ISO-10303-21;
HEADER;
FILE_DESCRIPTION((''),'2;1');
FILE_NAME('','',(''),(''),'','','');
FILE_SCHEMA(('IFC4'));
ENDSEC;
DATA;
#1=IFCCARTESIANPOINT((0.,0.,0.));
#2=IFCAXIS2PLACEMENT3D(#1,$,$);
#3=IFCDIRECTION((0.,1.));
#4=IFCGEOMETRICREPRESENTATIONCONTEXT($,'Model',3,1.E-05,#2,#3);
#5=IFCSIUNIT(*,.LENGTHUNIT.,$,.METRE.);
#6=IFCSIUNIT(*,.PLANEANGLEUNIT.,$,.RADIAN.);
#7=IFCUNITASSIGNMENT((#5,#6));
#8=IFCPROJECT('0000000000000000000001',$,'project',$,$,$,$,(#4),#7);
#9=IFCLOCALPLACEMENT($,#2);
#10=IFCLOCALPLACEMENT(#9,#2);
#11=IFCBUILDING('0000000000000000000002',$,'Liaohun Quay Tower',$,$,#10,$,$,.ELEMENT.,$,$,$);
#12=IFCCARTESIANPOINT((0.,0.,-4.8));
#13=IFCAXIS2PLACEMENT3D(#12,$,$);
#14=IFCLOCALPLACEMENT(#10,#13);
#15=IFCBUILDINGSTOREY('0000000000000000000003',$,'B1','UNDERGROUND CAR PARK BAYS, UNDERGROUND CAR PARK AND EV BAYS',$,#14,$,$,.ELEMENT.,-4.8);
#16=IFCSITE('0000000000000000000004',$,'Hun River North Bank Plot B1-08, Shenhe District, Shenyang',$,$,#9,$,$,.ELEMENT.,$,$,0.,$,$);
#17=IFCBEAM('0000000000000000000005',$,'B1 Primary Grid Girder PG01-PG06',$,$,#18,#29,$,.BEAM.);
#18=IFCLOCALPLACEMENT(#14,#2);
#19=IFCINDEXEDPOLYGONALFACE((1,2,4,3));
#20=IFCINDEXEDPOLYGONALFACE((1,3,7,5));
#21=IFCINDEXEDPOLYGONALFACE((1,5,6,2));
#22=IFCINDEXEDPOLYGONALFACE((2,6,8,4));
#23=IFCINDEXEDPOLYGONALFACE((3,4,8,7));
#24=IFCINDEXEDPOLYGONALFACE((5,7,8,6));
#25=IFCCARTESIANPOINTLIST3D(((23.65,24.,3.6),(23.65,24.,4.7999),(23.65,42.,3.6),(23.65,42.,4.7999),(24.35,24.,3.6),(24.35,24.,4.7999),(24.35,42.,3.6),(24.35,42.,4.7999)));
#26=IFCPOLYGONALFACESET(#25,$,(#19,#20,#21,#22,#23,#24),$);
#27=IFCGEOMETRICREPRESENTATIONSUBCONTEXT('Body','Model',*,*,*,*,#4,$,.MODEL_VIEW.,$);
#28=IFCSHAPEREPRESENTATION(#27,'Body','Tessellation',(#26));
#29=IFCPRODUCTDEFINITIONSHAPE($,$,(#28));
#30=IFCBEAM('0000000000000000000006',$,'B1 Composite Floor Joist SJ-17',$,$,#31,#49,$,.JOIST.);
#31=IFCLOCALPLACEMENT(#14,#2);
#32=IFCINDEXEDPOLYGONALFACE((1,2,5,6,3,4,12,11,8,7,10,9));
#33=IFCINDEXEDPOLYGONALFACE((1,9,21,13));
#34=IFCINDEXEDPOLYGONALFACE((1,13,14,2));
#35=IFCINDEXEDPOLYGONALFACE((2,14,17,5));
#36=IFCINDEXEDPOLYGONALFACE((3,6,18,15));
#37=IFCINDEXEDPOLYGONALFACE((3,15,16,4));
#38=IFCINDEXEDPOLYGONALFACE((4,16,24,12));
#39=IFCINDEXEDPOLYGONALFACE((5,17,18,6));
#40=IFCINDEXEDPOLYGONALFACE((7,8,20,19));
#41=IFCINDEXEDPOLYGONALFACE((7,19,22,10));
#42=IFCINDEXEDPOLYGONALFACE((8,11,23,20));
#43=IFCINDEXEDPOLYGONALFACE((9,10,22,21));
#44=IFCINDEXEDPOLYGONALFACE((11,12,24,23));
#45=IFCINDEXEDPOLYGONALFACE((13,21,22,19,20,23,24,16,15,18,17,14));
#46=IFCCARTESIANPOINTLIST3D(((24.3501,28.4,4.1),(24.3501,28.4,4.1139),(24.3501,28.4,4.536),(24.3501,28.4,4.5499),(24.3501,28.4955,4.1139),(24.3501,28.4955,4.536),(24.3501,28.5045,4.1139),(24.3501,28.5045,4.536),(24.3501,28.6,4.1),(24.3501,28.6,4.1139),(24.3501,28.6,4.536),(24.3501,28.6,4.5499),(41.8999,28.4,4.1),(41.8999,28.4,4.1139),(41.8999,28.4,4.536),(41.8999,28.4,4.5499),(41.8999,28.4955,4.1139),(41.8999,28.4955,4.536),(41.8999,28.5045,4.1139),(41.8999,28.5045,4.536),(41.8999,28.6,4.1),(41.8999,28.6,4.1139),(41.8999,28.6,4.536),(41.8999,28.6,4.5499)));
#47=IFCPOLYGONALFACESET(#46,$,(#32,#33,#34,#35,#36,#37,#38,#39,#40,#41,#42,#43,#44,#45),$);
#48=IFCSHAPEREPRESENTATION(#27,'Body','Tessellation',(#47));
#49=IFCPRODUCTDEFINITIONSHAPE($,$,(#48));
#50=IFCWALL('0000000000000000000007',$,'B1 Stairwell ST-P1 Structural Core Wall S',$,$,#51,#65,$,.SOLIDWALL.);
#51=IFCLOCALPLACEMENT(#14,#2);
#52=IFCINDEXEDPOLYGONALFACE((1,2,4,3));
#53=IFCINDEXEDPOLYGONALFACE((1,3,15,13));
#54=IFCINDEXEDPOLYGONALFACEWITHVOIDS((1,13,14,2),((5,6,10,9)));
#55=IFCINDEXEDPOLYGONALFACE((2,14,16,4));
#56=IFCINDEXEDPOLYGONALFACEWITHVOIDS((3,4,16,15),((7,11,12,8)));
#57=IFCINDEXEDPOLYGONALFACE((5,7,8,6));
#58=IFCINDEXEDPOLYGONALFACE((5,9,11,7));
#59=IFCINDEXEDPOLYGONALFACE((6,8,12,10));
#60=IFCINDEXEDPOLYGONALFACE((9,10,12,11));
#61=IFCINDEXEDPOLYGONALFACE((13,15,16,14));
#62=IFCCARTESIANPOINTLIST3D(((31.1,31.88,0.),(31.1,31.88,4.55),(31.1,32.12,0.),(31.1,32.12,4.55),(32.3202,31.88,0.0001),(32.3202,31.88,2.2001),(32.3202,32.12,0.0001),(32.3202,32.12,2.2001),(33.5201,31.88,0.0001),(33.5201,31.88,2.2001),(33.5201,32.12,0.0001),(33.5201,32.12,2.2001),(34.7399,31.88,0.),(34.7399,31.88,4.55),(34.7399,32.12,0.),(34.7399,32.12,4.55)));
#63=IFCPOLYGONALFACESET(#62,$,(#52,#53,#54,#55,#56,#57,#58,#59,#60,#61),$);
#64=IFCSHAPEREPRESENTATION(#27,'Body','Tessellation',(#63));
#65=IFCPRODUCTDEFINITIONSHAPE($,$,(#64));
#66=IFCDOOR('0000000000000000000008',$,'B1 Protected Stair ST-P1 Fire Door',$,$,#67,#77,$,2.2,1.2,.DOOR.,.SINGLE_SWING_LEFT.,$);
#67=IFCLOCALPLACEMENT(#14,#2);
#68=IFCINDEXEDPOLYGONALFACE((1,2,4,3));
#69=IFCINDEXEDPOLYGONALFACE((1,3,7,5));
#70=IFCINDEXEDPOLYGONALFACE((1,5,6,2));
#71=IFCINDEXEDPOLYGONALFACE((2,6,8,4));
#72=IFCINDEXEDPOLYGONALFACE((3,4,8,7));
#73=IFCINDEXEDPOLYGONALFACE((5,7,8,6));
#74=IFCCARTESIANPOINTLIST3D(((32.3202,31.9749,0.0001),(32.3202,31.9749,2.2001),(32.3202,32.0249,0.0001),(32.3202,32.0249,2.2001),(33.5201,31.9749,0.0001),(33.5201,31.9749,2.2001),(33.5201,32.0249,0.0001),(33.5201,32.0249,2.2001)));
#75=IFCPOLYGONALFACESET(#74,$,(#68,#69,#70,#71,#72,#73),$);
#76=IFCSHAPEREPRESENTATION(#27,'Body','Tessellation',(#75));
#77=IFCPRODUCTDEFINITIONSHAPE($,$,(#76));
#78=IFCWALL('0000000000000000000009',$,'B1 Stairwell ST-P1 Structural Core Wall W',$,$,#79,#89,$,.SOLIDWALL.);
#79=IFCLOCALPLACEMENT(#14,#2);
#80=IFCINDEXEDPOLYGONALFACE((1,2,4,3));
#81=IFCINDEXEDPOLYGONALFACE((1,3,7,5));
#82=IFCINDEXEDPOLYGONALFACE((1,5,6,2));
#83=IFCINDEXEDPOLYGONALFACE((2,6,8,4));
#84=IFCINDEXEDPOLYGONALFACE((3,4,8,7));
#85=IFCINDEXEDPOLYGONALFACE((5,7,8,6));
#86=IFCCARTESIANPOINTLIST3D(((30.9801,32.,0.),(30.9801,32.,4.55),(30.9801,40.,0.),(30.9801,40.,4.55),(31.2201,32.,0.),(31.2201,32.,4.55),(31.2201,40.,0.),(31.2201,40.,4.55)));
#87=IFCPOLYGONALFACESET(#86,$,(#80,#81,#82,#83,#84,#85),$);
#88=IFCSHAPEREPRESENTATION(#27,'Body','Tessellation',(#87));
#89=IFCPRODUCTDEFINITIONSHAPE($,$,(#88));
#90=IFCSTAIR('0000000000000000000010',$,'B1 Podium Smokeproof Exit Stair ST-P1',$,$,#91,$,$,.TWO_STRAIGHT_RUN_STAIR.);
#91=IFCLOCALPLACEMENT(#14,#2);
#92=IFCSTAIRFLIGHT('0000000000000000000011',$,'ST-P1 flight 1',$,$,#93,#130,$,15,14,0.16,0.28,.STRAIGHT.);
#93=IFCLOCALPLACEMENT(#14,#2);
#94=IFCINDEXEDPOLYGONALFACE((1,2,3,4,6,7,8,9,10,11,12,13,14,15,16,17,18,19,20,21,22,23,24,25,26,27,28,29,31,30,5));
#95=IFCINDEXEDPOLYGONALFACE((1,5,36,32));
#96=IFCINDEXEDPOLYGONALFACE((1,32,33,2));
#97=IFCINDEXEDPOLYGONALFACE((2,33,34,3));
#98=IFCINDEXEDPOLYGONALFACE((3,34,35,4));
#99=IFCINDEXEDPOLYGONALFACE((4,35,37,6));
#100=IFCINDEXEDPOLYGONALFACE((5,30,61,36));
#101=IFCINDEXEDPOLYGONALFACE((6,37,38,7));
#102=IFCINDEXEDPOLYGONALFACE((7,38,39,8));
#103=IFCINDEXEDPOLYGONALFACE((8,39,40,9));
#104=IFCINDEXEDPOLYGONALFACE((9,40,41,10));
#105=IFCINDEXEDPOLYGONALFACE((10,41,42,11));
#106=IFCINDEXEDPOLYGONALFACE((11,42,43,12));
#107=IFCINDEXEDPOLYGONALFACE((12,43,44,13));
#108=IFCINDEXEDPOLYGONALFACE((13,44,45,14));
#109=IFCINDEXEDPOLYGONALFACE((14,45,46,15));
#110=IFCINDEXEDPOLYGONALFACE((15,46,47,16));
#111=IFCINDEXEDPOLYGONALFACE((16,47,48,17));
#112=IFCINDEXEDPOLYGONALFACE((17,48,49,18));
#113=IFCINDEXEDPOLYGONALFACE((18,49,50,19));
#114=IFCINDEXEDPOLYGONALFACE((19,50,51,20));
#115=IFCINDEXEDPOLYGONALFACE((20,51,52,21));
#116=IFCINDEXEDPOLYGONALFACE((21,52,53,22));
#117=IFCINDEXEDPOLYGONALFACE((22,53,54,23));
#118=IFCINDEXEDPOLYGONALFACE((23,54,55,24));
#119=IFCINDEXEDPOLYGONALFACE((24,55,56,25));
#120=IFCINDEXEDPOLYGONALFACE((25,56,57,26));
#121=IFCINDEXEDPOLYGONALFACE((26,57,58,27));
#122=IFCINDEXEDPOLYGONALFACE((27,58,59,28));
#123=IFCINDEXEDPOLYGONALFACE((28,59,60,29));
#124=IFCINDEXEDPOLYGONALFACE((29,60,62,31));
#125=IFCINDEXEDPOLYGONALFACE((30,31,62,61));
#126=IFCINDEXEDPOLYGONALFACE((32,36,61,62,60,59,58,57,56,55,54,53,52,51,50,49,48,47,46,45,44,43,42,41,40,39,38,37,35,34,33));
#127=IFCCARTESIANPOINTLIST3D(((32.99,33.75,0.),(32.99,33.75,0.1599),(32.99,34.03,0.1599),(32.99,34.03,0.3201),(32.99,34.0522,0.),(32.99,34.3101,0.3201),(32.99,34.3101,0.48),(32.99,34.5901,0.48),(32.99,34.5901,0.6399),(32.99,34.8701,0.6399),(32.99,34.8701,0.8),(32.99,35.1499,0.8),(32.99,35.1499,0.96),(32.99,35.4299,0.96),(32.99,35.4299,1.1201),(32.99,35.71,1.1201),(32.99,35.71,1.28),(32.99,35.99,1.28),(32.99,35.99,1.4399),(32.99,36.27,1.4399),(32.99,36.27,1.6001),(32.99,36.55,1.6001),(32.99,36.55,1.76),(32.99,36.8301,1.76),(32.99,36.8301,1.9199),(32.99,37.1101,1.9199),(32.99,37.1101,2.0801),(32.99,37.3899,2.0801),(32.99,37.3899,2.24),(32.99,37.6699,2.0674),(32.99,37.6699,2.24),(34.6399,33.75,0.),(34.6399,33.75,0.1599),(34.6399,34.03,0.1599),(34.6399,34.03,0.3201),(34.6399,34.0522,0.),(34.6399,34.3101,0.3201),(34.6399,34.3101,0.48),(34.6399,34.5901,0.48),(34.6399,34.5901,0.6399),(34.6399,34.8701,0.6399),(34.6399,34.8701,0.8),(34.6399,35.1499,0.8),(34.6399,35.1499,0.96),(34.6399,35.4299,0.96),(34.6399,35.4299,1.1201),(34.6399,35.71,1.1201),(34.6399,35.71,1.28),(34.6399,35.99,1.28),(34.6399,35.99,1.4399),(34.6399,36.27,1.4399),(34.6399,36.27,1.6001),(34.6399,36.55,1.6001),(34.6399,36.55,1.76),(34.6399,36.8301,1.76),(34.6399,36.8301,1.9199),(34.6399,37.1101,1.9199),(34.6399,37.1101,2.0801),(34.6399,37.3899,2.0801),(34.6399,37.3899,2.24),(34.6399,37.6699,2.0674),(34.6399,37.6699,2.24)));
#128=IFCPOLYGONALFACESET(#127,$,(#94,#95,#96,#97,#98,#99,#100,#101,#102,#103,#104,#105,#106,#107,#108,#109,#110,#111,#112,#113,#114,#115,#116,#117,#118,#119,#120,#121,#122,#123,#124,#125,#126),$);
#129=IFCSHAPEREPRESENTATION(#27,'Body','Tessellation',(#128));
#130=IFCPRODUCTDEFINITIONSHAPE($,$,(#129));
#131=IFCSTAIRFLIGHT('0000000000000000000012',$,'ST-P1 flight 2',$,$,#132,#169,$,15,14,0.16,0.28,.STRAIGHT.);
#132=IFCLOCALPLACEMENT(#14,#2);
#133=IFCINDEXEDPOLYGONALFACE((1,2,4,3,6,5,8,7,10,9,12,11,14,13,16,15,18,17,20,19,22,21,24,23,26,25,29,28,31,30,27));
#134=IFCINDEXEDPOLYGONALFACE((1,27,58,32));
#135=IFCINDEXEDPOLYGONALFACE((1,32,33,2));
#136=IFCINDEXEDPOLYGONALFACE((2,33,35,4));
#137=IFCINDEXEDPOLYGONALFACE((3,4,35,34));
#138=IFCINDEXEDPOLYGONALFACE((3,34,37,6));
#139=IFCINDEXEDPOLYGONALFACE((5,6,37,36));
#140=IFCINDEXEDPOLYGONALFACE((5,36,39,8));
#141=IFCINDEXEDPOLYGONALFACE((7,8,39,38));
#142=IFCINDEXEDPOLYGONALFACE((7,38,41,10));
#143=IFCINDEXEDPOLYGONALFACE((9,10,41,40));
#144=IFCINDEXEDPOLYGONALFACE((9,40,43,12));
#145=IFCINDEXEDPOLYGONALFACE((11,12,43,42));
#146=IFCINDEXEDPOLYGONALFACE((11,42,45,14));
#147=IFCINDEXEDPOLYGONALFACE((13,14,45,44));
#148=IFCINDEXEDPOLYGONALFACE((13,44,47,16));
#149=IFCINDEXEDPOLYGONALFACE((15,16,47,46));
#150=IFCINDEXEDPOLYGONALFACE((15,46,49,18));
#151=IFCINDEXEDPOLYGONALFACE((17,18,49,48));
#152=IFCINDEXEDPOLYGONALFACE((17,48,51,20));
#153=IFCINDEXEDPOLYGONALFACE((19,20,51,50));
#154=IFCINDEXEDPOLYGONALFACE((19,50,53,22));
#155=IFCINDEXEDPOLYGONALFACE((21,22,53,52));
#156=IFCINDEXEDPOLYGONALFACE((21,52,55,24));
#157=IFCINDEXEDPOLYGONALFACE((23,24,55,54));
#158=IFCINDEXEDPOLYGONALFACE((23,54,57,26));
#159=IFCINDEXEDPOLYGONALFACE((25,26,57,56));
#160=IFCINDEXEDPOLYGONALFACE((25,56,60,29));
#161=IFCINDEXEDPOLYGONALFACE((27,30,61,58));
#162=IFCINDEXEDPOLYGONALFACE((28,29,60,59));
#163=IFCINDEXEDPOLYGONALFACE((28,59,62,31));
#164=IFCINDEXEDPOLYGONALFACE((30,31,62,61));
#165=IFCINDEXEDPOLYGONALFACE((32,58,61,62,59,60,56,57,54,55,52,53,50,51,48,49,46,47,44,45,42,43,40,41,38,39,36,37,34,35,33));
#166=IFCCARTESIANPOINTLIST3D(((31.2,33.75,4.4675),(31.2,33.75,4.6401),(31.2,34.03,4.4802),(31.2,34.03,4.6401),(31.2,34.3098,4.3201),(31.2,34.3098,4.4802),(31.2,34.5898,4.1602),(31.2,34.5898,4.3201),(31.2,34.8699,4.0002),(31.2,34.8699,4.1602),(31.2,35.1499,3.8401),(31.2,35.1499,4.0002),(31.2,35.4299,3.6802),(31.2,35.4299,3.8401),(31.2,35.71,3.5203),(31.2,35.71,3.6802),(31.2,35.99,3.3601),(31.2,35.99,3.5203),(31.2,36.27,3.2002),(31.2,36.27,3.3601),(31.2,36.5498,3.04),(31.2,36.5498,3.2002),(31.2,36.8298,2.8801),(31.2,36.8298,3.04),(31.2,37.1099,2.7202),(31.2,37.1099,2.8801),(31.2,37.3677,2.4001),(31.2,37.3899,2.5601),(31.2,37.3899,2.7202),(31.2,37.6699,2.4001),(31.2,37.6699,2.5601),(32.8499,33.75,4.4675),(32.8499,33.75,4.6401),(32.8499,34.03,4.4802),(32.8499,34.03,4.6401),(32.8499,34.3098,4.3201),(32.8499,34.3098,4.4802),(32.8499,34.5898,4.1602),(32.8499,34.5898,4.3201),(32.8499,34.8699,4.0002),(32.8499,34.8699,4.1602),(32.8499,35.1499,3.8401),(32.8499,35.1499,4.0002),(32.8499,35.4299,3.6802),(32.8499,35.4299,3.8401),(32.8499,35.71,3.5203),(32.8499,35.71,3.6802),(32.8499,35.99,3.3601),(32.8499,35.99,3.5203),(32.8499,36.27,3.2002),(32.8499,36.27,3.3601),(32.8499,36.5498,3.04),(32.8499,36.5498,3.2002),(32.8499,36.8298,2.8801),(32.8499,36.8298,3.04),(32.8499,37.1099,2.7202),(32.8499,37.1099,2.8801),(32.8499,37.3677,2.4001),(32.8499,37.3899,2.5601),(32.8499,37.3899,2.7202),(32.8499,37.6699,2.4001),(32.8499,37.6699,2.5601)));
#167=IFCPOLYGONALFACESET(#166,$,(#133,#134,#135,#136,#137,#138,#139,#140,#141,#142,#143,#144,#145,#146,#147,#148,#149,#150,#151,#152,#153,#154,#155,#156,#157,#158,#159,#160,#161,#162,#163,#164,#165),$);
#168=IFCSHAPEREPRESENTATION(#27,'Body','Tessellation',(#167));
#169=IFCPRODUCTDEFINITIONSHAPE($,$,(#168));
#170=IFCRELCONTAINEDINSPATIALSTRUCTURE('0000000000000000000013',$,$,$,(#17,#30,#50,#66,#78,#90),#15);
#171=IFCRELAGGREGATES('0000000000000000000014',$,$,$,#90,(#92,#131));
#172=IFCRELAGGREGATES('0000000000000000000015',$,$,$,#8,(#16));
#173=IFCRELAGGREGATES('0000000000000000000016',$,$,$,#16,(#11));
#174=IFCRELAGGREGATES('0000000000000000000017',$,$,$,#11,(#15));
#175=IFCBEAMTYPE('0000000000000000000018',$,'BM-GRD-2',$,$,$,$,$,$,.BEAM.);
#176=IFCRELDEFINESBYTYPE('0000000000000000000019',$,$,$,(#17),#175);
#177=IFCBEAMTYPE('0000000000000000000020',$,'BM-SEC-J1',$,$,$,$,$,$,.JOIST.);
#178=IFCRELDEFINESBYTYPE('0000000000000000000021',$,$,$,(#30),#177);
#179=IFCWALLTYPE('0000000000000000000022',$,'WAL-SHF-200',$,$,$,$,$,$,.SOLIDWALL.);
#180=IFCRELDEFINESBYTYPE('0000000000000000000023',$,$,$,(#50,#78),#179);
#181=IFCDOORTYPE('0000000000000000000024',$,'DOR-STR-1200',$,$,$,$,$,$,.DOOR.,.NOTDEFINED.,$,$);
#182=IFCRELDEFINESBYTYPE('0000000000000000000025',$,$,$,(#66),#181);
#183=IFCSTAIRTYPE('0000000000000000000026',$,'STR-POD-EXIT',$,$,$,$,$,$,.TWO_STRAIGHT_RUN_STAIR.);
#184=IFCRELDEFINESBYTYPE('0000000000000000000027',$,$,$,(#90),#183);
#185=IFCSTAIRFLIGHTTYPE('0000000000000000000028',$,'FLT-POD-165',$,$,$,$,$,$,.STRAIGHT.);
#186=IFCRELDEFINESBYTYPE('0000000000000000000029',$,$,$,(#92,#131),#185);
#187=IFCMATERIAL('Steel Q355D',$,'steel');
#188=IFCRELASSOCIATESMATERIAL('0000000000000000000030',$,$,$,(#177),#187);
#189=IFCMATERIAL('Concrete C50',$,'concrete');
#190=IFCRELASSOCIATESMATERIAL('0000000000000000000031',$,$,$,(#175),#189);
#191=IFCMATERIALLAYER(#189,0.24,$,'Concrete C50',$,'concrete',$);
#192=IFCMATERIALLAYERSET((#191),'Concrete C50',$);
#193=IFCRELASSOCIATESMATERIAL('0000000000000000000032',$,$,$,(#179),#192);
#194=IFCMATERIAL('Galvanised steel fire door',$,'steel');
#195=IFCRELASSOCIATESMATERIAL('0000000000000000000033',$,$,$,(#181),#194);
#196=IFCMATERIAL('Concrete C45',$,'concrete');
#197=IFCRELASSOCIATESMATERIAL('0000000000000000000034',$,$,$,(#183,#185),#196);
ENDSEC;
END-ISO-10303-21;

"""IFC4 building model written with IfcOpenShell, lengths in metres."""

from ifc_helpers import new_model, si_unit, direction, frame, frame_2d, origin, origin_2d, place, context, subcontext, project, spatial, polyline, rectangle, i_section, outline, extrude, source, transform, mapped, material, layer, layer_set, material_profile, profile_set, type_object, element, fill, aggregate, save


model = new_model("IFC4")

# Units and contexts
model_context = context("Model", 3, precision=1e-05, world=origin(), true_north=direction((0.0, 1.0)))
body_context = subcontext(model_context, "Body", "Model", "MODEL_VIEW")
ifc_project = project(units=[si_unit("LENGTHUNIT", "METRE"), si_unit("PLANEANGLEUNIT", "RADIAN")], contexts=[model_context])

# Site, building, storey
site_placement = place(None, origin())
site = spatial("IfcSite", under=ifc_project, at=site_placement, Name="Hun River North Bank Plot B1-08, Shenhe District, Shenyang", CompositionType="ELEMENT", RefElevation=0.0)
building_placement = place(site_placement, origin())
building = spatial("IfcBuilding", under=site, at=building_placement, Name="Liaohun Quay Tower", CompositionType="ELEMENT")
storey_placement = place(building_placement, frame((0.0, 0.0, -4.8)))
storey = spatial("IfcBuildingStorey", under=building, at=storey_placement, Name="B1", Description="UNDERGROUND CAR PARK BAYS, UNDERGROUND CAR PARK AND EV BAYS", CompositionType="ELEMENT", Elevation=-4.8)

# Beams
ifc_material_1 = material(Name="Steel Q355D", Category="steel")
ifc_material_profile_1 = material_profile(ifc_material_1, i_section(OverallWidth=0.2, OverallDepth=0.45, WebThickness=0.009, FlangeThickness=0.0139, at=origin_2d()), Name="HN450x200x9x14")
ifc_profile_set_1 = profile_set([ifc_material_profile_1], Name="Steel Q355D")
beam_type_1 = type_object("IfcBeamType", Name="BM-SEC-J1", PredefinedType="JOIST", material=ifc_profile_set_1)
ifc_material_2 = material(Name="Concrete C50", Category="concrete")
ifc_material_profile_2 = material_profile(ifc_material_2, rectangle(XDim=0.7, YDim=1.2, at=origin_2d()), Name="RC700x1200")
ifc_profile_set_2 = profile_set([ifc_material_profile_2], Name="Concrete C50")
beam_type_2 = type_object("IfcBeamType", Name="BM-GRD-2", PredefinedType="BEAM", material=ifc_profile_set_2)
shared_shape_1 = source(origin(), body_context, "Body", "SweptSolid", [
    extrude(rectangle(XDim=0.7, YDim=1.2, at=origin_2d()), origin(), (0.0, 0.0, 1.0), 18.0),
])
for number, where, z_axis, x_axis, name in (
    (1, (24.0, 24.0, 4.2), (0.0, 1.0, 0.0), (-1.0, 0.0, 0.0), "B1 Primary Grid Girder PG01-PG06"),
):
    element("IfcBeam", number, at=place(storey_placement, frame(where, z_axis=z_axis, x_axis=x_axis)), inside=storey, type_object=beam_type_2, Name=name, PredefinedType="BEAM", context=body_context, shape_type="MappedRepresentation", body=[
        mapped(shared_shape_1, transform((0.0, 0.0, 0.0), x_axis=(1.0, 0.0, 0.0), y_axis=(0.0, 1.0, 0.0), z_axis=(0.0, 0.0, 1.0), scale=1.0)),
    ])
shared_shape_2 = source(origin(), body_context, "Body", "SweptSolid", [
    extrude(i_section(OverallWidth=0.2, OverallDepth=0.45, WebThickness=0.009, FlangeThickness=0.0139, at=origin_2d()), origin(), (0.0, 0.0, 1.0), 17.5498),
])
beam_1_placement = place(storey_placement, frame((24.3501, 28.5, 4.325), z_axis=(1.0, 0.0, 0.0), x_axis=(0.0, 1.0, 0.0)))
element("IfcBeam", 2, at=beam_1_placement, inside=storey, type_object=beam_type_1, Name="B1 Composite Floor Joist SJ-17", PredefinedType="JOIST", context=body_context, shape_type="MappedRepresentation", body=[
    mapped(shared_shape_2, transform((0.0, 0.0, 0.0), x_axis=(1.0, 0.0, 0.0), y_axis=(0.0, 1.0, 0.0), z_axis=(0.0, 0.0, 1.0), scale=1.0)),
])

# Wall, opening, door
ifc_layer = layer(ifc_material_2, 0.24, Name="Concrete C50", Category="concrete")
ifc_layer_set = layer_set([ifc_layer], Name="Concrete C50")
wall_type = type_object("IfcWallType", Name="WAL-SHF-200", PredefinedType="SOLIDWALL", material=ifc_layer_set)
wall_1_placement = place(storey_placement, frame((31.1001, 32.0, 0.0), z_axis=(0.0, 0.0, 1.0), x_axis=(1.0, 0.0, 0.0)))
wall_1 = element("IfcWall", 3, at=wall_1_placement, inside=storey, type_object=wall_type, Name="B1 Stairwell ST-P1 Structural Core Wall S", PredefinedType="SOLIDWALL", context=body_context, shape_type="SweptSolid", body=[
    extrude(rectangle(XDim=3.6399, YDim=0.24, at=frame_2d((1.8198, 0.0))), origin(), (0.0, 0.0, 1.0), 4.55),
])
shared_shape_3 = source(origin(), body_context, "Body", "SweptSolid", [
    extrude(rectangle(XDim=1.2, YDim=2.2, at=frame_2d((0.6001, 1.1001))), frame((0.0, 0.1299, 0.0), z_axis=(0.0, -1.0, 0.0), x_axis=(1.0, 0.0, 0.0)), (0.0, 0.0, 1.0), 0.26),
])
opening_placement = place(wall_1_placement, frame((1.22, 0.0, 0.0)))
opening = element("IfcOpeningElement", 4, at=opening_placement, cuts=wall_1, PredefinedType="OPENING", context=body_context, shape_type="MappedRepresentation", body=[
    mapped(shared_shape_3, transform((0.0, 0.0, 0.0), x_axis=(1.0, 0.0, 0.0), y_axis=(0.0, 1.0, 0.0), z_axis=(0.0, 0.0, 1.0), scale=1.0)),
])
ifc_material_3 = material(Name="Galvanised steel fire door", Category="steel")
door_type = type_object("IfcDoorType", Name="DOR-STR-1200", OperationType="NOTDEFINED", PredefinedType="DOOR", material=ifc_material_3)
shared_shape_4 = source(origin(), body_context, "Body", "SweptSolid", [
    extrude(rectangle(XDim=1.2, YDim=2.2, at=frame_2d((0.6001, 1.1001))), frame((0.0, 0.0249, 0.0), z_axis=(0.0, -1.0, 0.0), x_axis=(1.0, 0.0, 0.0)), (0.0, 0.0, 1.0), 0.05),
])
door_placement = place(opening_placement, origin())
door = element("IfcDoor", 5, at=door_placement, inside=storey, type_object=door_type, Name="B1 Protected Stair ST-P1 Fire Door", OperationType="SINGLE_SWING_LEFT", OverallHeight=2.2, OverallWidth=1.2, PredefinedType="DOOR", context=body_context, shape_type="MappedRepresentation", body=[
    mapped(shared_shape_4, transform((0.0, 0.0, 0.0), x_axis=(1.0, 0.0, 0.0), y_axis=(0.0, 1.0, 0.0), z_axis=(0.0, 0.0, 1.0), scale=1.0)),
])
fill(opening, door)

# Wall
wall_2_placement = place(storey_placement, frame((31.1001, 40.0, 0.0), z_axis=(0.0, 0.0, 1.0), x_axis=(0.0, -1.0, 0.0)))
element("IfcWall", 6, at=wall_2_placement, inside=storey, type_object=wall_type, Name="B1 Stairwell ST-P1 Structural Core Wall W", PredefinedType="SOLIDWALL", context=body_context, shape_type="SweptSolid", body=[
    extrude(rectangle(XDim=8.0, YDim=0.24, at=frame_2d((4.0, 0.0))), origin(), (0.0, 0.0, 1.0), 4.55),
])

# Stair, stair flights
ifc_material_4 = material(Name="Concrete C45", Category="concrete")
stair_type = type_object("IfcStairType", Name="STR-POD-EXIT", PredefinedType="TWO_STRAIGHT_RUN_STAIR", material=ifc_material_4)
stair_placement = place(storey_placement, origin())
stair = element("IfcStair", 7, at=stair_placement, inside=storey, type_object=stair_type, Name="B1 Podium Smokeproof Exit Stair ST-P1", PredefinedType="TWO_STRAIGHT_RUN_STAIR")
stair_flight_type = type_object("IfcStairFlightType", Name="FLT-POD-165", PredefinedType="STRAIGHT", material=ifc_material_4)
stair_flight_1_placement = place(storey_placement, frame((33.8149, 33.75, 0.0), z_axis=(0.0, 0.0, 1.0), x_axis=(0.0, 1.0, 0.0)))
stair_flight_1 = element("IfcStairFlight", 8, at=stair_flight_1_placement, type_object=stair_flight_type, Name="ST-P1 flight 1", NumberOfRisers=15, NumberOfTreads=14, PredefinedType="STRAIGHT", RiserHeight=0.16, TreadLength=0.28, context=body_context, shape_type="SweptSolid", body=[
    extrude(outline(polyline([(0.0, 0.0), (0.0, 0.1599), (0.28, 0.1599), (0.28, 0.3201), (0.5601, 0.3201), (0.5601, 0.48), (0.8401, 0.48), (0.8401, 0.6399), (1.1201, 0.6399), (1.1201, 0.8), (1.3999, 0.8), (1.3999, 0.96), (1.6799, 0.96), (1.6799, 1.1201), (1.96, 1.1201), (1.96, 1.28), (2.24, 1.28), (2.24, 1.4399), (2.52, 1.4399), (2.52, 1.6001), (2.8, 1.6001), (2.8, 1.76), (3.0801, 1.76), (3.0801, 1.9199), (3.3601, 1.9199), (3.3601, 2.0801), (3.6399, 2.0801), (3.6399, 2.24), (3.9199, 2.24), (3.9199, 2.3999), (3.9199, 2.0674), (0.3022, 0.0), (0.0, 0.0)])), frame((0.0, 0.825, 0.0), z_axis=(0.0, -1.0, 0.0), x_axis=(1.0, 0.0, 0.0)), (0.0, 0.0, 1.0), 1.6499),
])
stair_flight_2_placement = place(storey_placement, frame((32.0249, 37.6699, 2.4001), z_axis=(0.0, 0.0, 1.0), x_axis=(0.0, -1.0, 0.0)))
stair_flight_2 = element("IfcStairFlight", 9, at=stair_flight_2_placement, type_object=stair_flight_type, Name="ST-P1 flight 2", NumberOfRisers=15, NumberOfTreads=14, PredefinedType="STRAIGHT", RiserHeight=0.16, TreadLength=0.28, context=body_context, shape_type="SweptSolid", body=[
    extrude(outline(polyline([(0.0, 0.0), (0.0, 0.1599), (0.28, 0.1599), (0.28, 0.3201), (0.5601, 0.3201), (0.5601, 0.48), (0.8401, 0.48), (0.8401, 0.6399), (1.1201, 0.6399), (1.1201, 0.8), (1.3999, 0.8), (1.3999, 0.96), (1.6799, 0.96), (1.6799, 1.1201), (1.96, 1.1201), (1.96, 1.28), (2.24, 1.28), (2.24, 1.4399), (2.52, 1.4399), (2.52, 1.6001), (2.8, 1.6001), (2.8, 1.76), (3.0801, 1.76), (3.0801, 1.9199), (3.3601, 1.9199), (3.3601, 2.0801), (3.6399, 2.0801), (3.6399, 2.24), (3.9199, 2.24), (3.9199, 2.3999), (3.9199, 2.0674), (0.3022, 0.0), (0.0, 0.0)])), frame((0.0, 0.825, 0.0), z_axis=(0.0, -1.0, 0.0), x_axis=(1.0, 0.0, 0.0)), (0.0, 0.0, 1.0), 1.6499),
])
aggregate(stair, [stair_flight_1, stair_flight_2])

save(model, "model.ifc")
